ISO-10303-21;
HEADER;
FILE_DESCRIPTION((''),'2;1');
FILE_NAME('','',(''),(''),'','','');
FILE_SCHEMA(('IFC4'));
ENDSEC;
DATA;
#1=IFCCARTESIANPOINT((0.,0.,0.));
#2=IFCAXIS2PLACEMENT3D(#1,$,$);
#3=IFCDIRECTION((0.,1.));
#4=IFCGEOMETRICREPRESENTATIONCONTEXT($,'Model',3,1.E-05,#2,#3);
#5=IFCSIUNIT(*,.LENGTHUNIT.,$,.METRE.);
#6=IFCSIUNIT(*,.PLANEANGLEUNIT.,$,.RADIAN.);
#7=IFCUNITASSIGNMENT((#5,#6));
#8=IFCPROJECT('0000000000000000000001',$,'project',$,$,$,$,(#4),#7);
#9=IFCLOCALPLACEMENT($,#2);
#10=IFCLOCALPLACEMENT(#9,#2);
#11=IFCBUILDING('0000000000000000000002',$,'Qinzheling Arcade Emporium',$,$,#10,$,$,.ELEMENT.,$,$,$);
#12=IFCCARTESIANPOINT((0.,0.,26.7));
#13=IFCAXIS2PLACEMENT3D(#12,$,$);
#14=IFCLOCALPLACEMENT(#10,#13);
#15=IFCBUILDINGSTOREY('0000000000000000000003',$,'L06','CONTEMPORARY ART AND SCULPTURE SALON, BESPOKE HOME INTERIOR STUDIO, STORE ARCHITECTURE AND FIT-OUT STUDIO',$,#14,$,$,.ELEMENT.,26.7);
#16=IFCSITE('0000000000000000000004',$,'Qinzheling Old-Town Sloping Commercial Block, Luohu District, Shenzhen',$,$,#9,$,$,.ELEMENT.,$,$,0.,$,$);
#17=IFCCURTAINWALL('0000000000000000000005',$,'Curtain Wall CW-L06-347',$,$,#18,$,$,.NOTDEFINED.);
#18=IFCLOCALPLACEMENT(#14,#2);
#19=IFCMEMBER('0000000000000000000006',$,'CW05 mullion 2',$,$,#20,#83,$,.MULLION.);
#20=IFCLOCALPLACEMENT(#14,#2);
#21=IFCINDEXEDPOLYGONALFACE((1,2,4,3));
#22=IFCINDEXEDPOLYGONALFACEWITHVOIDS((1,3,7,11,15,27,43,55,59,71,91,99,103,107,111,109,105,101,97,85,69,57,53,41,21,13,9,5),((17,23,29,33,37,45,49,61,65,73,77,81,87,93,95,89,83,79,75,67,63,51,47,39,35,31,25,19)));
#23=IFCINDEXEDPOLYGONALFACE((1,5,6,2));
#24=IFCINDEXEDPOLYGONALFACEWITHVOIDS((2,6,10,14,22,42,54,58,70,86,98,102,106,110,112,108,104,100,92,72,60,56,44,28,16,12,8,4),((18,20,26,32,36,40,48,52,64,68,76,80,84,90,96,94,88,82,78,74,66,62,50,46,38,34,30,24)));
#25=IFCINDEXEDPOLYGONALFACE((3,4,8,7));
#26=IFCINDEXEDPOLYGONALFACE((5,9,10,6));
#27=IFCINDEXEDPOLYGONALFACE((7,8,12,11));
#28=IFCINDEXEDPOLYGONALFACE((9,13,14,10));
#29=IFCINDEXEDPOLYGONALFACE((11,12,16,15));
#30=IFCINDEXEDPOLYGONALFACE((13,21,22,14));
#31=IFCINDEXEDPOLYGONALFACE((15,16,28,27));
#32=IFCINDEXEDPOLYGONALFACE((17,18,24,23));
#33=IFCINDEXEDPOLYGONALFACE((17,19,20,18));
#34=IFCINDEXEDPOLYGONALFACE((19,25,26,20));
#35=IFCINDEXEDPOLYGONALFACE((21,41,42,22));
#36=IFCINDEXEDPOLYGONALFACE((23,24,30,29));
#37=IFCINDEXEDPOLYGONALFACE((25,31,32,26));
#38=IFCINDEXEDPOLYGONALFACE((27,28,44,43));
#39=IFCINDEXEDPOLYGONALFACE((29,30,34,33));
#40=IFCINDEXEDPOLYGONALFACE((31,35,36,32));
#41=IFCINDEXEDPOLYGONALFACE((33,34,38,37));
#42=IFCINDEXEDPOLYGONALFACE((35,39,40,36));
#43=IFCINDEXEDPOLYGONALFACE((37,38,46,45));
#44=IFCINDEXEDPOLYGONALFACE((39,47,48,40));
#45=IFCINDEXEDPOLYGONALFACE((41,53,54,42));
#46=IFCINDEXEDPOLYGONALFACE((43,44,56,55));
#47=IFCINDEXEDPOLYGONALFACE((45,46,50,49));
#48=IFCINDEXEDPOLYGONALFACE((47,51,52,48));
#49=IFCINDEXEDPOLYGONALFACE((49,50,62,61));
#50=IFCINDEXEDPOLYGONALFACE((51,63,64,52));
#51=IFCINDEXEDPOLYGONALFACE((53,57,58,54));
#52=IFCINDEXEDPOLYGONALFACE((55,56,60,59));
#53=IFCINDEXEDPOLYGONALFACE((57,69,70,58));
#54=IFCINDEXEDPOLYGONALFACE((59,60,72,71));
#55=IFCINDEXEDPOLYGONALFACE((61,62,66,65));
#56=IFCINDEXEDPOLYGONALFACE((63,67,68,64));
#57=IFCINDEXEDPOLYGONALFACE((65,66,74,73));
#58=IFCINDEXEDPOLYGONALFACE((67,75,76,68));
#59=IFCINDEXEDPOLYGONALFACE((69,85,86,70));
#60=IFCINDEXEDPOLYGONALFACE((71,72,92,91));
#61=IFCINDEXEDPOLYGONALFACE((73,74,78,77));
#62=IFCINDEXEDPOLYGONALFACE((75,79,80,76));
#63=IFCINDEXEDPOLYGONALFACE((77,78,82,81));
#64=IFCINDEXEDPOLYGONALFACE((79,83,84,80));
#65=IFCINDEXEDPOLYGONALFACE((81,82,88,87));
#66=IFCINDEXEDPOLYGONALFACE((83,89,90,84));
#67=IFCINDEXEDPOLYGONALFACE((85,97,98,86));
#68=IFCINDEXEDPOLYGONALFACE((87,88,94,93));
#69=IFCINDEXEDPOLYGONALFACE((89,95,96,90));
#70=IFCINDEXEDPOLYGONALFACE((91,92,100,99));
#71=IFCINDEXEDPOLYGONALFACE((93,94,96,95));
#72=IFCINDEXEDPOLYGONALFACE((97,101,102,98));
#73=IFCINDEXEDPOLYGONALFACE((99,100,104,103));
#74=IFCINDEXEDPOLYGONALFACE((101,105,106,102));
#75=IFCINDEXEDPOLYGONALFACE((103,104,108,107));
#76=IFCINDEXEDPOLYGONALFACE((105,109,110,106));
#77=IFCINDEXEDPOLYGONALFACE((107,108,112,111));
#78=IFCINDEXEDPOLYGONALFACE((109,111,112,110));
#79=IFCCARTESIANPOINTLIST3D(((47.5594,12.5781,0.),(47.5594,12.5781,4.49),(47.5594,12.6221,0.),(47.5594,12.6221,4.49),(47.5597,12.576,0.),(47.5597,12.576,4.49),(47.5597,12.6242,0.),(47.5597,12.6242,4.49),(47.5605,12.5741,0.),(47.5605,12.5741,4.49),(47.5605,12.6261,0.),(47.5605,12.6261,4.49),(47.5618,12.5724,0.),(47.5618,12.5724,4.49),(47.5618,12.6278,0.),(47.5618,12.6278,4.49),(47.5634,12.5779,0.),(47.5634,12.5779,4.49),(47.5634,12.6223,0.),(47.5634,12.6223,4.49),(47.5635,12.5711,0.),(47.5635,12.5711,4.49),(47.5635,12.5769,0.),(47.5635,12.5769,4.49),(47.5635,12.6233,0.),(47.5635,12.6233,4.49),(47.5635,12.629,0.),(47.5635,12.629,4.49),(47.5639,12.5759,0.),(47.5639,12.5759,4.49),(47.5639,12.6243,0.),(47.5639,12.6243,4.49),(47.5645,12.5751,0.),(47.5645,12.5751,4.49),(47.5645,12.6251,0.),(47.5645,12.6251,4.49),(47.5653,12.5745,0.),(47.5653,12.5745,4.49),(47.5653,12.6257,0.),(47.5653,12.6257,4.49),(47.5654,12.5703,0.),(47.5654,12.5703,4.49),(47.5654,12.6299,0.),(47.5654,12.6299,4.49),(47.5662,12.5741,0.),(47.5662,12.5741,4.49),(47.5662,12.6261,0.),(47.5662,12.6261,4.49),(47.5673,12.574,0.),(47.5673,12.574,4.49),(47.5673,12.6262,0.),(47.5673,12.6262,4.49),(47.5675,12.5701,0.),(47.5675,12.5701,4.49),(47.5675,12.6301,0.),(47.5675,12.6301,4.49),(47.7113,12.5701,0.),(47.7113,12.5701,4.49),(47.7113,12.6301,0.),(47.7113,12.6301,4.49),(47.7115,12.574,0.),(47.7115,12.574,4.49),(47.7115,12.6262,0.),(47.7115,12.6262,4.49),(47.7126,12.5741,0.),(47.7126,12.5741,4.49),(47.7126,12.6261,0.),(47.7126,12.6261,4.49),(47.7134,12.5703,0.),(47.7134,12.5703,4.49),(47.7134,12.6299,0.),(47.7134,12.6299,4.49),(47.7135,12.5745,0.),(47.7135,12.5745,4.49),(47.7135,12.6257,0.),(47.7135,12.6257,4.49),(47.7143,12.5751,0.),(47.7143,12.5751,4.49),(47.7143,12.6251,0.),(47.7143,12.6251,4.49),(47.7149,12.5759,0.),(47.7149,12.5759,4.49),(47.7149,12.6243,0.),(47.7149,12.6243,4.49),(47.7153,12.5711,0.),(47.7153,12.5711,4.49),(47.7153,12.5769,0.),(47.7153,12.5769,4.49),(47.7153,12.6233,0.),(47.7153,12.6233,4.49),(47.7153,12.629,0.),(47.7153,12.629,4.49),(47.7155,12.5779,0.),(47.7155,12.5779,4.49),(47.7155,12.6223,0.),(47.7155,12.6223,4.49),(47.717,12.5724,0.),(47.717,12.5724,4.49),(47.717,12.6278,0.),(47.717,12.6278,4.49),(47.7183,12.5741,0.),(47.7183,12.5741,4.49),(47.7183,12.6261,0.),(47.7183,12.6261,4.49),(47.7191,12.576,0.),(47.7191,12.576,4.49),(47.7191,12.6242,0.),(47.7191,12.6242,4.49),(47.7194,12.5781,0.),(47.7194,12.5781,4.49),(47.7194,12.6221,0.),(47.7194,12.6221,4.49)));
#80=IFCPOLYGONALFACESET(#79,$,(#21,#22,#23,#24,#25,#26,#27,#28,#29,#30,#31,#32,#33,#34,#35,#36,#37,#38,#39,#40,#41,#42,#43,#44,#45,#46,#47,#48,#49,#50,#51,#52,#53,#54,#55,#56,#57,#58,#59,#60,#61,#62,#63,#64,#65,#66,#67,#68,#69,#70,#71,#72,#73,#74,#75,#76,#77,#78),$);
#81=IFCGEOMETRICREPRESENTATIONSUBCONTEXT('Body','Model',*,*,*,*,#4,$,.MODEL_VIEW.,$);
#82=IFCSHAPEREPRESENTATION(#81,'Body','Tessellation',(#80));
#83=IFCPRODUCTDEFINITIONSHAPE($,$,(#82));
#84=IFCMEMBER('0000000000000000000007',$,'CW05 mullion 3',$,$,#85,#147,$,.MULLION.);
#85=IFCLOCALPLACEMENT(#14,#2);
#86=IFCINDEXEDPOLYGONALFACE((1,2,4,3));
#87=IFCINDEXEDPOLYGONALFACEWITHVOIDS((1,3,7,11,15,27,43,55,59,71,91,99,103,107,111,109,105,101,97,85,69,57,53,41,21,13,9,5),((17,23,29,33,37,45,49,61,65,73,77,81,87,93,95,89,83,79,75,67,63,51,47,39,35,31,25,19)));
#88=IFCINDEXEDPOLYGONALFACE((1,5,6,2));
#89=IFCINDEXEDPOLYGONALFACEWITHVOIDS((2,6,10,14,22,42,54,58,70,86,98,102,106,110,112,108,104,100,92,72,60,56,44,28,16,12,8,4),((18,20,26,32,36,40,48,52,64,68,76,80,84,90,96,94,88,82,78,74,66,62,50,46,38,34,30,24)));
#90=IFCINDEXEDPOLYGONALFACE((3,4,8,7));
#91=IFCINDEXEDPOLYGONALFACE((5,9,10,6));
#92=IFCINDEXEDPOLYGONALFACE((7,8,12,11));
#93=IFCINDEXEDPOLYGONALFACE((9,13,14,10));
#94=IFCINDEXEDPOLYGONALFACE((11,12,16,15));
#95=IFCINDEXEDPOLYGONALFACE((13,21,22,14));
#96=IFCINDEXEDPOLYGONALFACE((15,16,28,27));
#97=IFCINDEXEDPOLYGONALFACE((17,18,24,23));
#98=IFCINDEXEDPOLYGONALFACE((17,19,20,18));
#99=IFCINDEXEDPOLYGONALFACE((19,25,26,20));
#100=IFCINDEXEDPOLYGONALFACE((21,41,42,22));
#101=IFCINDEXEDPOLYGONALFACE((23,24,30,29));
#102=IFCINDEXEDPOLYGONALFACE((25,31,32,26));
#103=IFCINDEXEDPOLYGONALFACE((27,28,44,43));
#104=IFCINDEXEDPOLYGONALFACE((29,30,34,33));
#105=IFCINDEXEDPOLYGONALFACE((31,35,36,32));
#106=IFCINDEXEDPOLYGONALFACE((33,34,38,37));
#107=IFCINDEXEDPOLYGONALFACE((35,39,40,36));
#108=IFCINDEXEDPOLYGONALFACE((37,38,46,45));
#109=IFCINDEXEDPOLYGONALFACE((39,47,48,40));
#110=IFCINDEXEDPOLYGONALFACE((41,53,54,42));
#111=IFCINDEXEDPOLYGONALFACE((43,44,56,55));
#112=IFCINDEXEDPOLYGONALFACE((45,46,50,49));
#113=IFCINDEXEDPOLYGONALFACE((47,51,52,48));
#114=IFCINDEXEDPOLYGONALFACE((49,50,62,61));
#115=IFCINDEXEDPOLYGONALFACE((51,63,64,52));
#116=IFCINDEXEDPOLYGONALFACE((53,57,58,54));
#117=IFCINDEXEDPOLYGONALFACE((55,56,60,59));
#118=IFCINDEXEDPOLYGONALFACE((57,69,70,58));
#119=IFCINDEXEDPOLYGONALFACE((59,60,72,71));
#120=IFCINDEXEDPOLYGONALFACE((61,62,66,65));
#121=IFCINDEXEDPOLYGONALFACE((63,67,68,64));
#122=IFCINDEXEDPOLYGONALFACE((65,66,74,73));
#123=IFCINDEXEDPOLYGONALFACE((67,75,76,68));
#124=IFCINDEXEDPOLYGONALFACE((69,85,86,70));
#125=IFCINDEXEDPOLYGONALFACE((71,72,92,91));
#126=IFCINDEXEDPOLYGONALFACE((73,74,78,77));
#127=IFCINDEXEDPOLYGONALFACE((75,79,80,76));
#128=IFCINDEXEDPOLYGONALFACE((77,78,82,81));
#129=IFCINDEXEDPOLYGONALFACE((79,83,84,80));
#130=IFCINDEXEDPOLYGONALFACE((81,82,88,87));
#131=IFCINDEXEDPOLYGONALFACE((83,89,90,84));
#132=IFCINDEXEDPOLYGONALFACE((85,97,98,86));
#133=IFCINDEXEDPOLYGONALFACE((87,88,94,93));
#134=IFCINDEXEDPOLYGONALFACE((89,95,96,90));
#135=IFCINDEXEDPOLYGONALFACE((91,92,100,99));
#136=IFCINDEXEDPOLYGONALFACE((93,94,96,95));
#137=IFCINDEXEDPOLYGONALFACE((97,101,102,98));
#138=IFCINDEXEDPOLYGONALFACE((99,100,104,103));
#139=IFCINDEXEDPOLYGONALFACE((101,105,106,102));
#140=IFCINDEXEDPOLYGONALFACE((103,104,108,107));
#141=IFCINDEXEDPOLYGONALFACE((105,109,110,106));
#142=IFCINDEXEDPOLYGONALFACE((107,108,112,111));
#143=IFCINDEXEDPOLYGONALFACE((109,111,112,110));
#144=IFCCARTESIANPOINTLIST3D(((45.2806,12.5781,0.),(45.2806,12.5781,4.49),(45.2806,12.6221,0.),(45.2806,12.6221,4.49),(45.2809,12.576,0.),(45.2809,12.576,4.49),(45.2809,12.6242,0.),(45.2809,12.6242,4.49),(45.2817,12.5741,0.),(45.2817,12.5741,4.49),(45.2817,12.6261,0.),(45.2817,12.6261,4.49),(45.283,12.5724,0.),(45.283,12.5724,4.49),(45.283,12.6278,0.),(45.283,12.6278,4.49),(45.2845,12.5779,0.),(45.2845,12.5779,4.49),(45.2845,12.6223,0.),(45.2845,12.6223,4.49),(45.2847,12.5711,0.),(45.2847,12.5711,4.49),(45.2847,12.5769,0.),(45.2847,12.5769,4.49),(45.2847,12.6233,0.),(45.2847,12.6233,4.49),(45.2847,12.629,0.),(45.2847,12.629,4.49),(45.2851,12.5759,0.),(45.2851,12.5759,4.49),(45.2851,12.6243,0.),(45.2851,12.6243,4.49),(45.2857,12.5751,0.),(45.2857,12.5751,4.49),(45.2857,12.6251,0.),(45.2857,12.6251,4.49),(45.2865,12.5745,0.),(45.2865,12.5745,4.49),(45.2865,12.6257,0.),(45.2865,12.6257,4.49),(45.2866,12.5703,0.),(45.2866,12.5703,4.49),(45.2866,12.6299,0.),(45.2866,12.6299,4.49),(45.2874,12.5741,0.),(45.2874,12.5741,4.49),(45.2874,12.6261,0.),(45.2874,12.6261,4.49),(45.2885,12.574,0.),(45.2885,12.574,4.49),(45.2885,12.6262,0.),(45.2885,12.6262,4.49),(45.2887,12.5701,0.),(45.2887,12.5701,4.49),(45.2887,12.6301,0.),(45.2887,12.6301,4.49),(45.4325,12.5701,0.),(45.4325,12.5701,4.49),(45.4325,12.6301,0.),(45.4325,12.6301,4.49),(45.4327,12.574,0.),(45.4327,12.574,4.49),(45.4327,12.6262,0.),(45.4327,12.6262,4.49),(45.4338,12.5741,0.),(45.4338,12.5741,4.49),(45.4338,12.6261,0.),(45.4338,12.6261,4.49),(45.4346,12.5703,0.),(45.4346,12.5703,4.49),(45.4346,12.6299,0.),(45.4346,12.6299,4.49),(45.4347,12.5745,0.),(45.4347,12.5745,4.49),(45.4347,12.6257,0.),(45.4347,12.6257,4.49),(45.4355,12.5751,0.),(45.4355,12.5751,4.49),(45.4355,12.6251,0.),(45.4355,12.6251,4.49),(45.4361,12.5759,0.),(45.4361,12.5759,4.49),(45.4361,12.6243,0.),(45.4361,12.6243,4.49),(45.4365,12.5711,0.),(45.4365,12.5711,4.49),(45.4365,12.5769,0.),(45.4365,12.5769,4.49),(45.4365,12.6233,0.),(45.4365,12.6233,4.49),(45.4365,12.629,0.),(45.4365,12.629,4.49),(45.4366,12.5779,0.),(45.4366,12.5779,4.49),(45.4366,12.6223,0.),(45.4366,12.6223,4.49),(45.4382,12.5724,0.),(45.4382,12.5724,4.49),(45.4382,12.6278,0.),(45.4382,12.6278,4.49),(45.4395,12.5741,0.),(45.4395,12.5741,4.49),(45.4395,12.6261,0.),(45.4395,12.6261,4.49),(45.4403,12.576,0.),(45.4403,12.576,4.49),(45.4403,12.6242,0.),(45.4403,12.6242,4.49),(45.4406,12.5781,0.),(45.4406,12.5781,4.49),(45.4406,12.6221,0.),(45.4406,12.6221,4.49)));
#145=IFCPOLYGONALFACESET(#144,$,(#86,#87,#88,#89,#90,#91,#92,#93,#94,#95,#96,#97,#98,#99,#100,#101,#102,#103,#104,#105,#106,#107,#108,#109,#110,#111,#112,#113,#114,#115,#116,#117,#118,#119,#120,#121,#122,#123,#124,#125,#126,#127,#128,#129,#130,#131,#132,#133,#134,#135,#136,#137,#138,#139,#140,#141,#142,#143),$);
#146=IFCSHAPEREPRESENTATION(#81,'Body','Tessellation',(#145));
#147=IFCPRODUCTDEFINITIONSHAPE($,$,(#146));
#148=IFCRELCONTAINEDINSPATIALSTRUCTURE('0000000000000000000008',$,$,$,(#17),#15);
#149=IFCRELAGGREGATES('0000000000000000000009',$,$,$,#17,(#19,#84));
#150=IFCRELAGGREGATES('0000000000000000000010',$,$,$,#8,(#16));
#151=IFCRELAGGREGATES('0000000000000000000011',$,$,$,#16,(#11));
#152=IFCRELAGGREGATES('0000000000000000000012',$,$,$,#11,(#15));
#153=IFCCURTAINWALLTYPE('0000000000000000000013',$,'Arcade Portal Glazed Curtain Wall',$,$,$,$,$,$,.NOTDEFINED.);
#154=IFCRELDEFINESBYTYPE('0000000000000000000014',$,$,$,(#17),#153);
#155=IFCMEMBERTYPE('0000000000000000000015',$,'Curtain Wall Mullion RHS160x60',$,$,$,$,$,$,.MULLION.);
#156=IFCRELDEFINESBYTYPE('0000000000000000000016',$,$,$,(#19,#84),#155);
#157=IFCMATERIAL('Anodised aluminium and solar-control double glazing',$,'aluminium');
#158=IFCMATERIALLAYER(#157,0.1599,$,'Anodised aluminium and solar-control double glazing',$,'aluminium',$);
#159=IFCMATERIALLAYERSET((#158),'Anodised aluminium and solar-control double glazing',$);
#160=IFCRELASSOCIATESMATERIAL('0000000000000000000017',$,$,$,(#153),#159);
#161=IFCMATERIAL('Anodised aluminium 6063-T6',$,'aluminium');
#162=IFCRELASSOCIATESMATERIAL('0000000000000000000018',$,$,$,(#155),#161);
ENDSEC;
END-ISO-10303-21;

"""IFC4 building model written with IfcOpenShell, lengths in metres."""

from ifc_helpers import new_model, si_unit, direction, frame, origin, origin_2d, place, context, subcontext, project, spatial, hollow_rectangle, extrude, material, layer, layer_set, material_profile, profile_set, type_object, element, aggregate, save


model = new_model("IFC4")

# Units and contexts
model_context = context("Model", 3, precision=1e-05, world=origin(), true_north=direction((0.0, 1.0)))
body_context = subcontext(model_context, "Body", "Model", "MODEL_VIEW")
ifc_project = project(units=[si_unit("LENGTHUNIT", "METRE"), si_unit("PLANEANGLEUNIT", "RADIAN")], contexts=[model_context])

# Site, building, storey
site_placement = place(None, origin())
site = spatial("IfcSite", under=ifc_project, at=site_placement, Name="Qinzheling Old-Town Sloping Commercial Block, Luohu District, Shenzhen", CompositionType="ELEMENT", RefElevation=0.0)
building_placement = place(site_placement, origin())
building = spatial("IfcBuilding", under=site, at=building_placement, Name="Qinzheling Arcade Emporium", CompositionType="ELEMENT")
storey_placement = place(building_placement, frame((0.0, 0.0, 26.7)))
storey = spatial("IfcBuildingStorey", under=building, at=storey_placement, Name="L06", Description="CONTEMPORARY ART AND SCULPTURE SALON, BESPOKE HOME INTERIOR STUDIO, STORE ARCHITECTURE AND FIT-OUT STUDIO", CompositionType="ELEMENT", Elevation=26.7)

# Shared definitions
ifc_material_1 = material(Name="Anodised aluminium and solar-control double glazing", Category="aluminium")
ifc_layer_1 = layer(ifc_material_1, 0.1599, Name="Anodised aluminium and solar-control double glazing", Category="aluminium")
ifc_layer_set_1 = layer_set([ifc_layer_1], Name="Anodised aluminium and solar-control double glazing")
curtain_wall_type = type_object("IfcCurtainWallType", Name="Arcade Portal Glazed Curtain Wall", PredefinedType="NOTDEFINED", material=ifc_layer_set_1)
ifc_material_2 = material(Name="Anodised aluminium 6063-T6", Category="aluminium")
ifc_material_profile_1 = material_profile(ifc_material_2, hollow_rectangle(XDim=0.0601, YDim=0.1599, WallThickness=0.0039, InnerFilletRadius=0.0039, OuterFilletRadius=0.0081, at=origin_2d()), Name="RHS 160x60x4", Category="aluminium")
ifc_profile_set_1 = profile_set([ifc_material_profile_1], Name="Anodised aluminium 6063-T6")
member_type_1 = type_object("IfcMemberType", Name="Curtain Wall Mullion RHS160x60", PredefinedType="MULLION", material=ifc_profile_set_1)

# Curtain wall, members
curtain_wall_1_placement = place(storey_placement, origin())
curtain_wall_1 = element("IfcCurtainWall", 1, at=curtain_wall_1_placement, inside=storey, type_object=curtain_wall_type, Name="Curtain Wall CW-L06-347", PredefinedType="NOTDEFINED")
member_1_placement = place(storey_placement, frame((47.6394, 12.6001, 0.0), z_axis=(0.0, 0.0, 1.0), x_axis=(0.0, -1.0, 0.0)))
member_1 = element("IfcMember", 2, at=member_1_placement, type_object=member_type_1, Name="CW05 mullion 2", PredefinedType="MULLION", context=body_context, shape_type="SweptSolid", body=[
    extrude(hollow_rectangle(XDim=0.0601, YDim=0.1599, WallThickness=0.0039, InnerFilletRadius=0.0039, OuterFilletRadius=0.0081, at=origin_2d()), origin(), (0.0, 0.0, 1.0), 4.49),
])
member_2_placement = place(storey_placement, frame((45.3606, 12.6001, 0.0), z_axis=(0.0, 0.0, 1.0), x_axis=(0.0, -1.0, 0.0)))
member_2 = element("IfcMember", 3, at=member_2_placement, type_object=member_type_1, Name="CW05 mullion 3", PredefinedType="MULLION", context=body_context, shape_type="SweptSolid", body=[
    extrude(hollow_rectangle(XDim=0.0601, YDim=0.1599, WallThickness=0.0039, InnerFilletRadius=0.0039, OuterFilletRadius=0.0081, at=origin_2d()), origin(), (0.0, 0.0, 1.0), 4.49),
])
aggregate(curtain_wall_1, [member_1, member_2])

save(model, "model.ifc")
